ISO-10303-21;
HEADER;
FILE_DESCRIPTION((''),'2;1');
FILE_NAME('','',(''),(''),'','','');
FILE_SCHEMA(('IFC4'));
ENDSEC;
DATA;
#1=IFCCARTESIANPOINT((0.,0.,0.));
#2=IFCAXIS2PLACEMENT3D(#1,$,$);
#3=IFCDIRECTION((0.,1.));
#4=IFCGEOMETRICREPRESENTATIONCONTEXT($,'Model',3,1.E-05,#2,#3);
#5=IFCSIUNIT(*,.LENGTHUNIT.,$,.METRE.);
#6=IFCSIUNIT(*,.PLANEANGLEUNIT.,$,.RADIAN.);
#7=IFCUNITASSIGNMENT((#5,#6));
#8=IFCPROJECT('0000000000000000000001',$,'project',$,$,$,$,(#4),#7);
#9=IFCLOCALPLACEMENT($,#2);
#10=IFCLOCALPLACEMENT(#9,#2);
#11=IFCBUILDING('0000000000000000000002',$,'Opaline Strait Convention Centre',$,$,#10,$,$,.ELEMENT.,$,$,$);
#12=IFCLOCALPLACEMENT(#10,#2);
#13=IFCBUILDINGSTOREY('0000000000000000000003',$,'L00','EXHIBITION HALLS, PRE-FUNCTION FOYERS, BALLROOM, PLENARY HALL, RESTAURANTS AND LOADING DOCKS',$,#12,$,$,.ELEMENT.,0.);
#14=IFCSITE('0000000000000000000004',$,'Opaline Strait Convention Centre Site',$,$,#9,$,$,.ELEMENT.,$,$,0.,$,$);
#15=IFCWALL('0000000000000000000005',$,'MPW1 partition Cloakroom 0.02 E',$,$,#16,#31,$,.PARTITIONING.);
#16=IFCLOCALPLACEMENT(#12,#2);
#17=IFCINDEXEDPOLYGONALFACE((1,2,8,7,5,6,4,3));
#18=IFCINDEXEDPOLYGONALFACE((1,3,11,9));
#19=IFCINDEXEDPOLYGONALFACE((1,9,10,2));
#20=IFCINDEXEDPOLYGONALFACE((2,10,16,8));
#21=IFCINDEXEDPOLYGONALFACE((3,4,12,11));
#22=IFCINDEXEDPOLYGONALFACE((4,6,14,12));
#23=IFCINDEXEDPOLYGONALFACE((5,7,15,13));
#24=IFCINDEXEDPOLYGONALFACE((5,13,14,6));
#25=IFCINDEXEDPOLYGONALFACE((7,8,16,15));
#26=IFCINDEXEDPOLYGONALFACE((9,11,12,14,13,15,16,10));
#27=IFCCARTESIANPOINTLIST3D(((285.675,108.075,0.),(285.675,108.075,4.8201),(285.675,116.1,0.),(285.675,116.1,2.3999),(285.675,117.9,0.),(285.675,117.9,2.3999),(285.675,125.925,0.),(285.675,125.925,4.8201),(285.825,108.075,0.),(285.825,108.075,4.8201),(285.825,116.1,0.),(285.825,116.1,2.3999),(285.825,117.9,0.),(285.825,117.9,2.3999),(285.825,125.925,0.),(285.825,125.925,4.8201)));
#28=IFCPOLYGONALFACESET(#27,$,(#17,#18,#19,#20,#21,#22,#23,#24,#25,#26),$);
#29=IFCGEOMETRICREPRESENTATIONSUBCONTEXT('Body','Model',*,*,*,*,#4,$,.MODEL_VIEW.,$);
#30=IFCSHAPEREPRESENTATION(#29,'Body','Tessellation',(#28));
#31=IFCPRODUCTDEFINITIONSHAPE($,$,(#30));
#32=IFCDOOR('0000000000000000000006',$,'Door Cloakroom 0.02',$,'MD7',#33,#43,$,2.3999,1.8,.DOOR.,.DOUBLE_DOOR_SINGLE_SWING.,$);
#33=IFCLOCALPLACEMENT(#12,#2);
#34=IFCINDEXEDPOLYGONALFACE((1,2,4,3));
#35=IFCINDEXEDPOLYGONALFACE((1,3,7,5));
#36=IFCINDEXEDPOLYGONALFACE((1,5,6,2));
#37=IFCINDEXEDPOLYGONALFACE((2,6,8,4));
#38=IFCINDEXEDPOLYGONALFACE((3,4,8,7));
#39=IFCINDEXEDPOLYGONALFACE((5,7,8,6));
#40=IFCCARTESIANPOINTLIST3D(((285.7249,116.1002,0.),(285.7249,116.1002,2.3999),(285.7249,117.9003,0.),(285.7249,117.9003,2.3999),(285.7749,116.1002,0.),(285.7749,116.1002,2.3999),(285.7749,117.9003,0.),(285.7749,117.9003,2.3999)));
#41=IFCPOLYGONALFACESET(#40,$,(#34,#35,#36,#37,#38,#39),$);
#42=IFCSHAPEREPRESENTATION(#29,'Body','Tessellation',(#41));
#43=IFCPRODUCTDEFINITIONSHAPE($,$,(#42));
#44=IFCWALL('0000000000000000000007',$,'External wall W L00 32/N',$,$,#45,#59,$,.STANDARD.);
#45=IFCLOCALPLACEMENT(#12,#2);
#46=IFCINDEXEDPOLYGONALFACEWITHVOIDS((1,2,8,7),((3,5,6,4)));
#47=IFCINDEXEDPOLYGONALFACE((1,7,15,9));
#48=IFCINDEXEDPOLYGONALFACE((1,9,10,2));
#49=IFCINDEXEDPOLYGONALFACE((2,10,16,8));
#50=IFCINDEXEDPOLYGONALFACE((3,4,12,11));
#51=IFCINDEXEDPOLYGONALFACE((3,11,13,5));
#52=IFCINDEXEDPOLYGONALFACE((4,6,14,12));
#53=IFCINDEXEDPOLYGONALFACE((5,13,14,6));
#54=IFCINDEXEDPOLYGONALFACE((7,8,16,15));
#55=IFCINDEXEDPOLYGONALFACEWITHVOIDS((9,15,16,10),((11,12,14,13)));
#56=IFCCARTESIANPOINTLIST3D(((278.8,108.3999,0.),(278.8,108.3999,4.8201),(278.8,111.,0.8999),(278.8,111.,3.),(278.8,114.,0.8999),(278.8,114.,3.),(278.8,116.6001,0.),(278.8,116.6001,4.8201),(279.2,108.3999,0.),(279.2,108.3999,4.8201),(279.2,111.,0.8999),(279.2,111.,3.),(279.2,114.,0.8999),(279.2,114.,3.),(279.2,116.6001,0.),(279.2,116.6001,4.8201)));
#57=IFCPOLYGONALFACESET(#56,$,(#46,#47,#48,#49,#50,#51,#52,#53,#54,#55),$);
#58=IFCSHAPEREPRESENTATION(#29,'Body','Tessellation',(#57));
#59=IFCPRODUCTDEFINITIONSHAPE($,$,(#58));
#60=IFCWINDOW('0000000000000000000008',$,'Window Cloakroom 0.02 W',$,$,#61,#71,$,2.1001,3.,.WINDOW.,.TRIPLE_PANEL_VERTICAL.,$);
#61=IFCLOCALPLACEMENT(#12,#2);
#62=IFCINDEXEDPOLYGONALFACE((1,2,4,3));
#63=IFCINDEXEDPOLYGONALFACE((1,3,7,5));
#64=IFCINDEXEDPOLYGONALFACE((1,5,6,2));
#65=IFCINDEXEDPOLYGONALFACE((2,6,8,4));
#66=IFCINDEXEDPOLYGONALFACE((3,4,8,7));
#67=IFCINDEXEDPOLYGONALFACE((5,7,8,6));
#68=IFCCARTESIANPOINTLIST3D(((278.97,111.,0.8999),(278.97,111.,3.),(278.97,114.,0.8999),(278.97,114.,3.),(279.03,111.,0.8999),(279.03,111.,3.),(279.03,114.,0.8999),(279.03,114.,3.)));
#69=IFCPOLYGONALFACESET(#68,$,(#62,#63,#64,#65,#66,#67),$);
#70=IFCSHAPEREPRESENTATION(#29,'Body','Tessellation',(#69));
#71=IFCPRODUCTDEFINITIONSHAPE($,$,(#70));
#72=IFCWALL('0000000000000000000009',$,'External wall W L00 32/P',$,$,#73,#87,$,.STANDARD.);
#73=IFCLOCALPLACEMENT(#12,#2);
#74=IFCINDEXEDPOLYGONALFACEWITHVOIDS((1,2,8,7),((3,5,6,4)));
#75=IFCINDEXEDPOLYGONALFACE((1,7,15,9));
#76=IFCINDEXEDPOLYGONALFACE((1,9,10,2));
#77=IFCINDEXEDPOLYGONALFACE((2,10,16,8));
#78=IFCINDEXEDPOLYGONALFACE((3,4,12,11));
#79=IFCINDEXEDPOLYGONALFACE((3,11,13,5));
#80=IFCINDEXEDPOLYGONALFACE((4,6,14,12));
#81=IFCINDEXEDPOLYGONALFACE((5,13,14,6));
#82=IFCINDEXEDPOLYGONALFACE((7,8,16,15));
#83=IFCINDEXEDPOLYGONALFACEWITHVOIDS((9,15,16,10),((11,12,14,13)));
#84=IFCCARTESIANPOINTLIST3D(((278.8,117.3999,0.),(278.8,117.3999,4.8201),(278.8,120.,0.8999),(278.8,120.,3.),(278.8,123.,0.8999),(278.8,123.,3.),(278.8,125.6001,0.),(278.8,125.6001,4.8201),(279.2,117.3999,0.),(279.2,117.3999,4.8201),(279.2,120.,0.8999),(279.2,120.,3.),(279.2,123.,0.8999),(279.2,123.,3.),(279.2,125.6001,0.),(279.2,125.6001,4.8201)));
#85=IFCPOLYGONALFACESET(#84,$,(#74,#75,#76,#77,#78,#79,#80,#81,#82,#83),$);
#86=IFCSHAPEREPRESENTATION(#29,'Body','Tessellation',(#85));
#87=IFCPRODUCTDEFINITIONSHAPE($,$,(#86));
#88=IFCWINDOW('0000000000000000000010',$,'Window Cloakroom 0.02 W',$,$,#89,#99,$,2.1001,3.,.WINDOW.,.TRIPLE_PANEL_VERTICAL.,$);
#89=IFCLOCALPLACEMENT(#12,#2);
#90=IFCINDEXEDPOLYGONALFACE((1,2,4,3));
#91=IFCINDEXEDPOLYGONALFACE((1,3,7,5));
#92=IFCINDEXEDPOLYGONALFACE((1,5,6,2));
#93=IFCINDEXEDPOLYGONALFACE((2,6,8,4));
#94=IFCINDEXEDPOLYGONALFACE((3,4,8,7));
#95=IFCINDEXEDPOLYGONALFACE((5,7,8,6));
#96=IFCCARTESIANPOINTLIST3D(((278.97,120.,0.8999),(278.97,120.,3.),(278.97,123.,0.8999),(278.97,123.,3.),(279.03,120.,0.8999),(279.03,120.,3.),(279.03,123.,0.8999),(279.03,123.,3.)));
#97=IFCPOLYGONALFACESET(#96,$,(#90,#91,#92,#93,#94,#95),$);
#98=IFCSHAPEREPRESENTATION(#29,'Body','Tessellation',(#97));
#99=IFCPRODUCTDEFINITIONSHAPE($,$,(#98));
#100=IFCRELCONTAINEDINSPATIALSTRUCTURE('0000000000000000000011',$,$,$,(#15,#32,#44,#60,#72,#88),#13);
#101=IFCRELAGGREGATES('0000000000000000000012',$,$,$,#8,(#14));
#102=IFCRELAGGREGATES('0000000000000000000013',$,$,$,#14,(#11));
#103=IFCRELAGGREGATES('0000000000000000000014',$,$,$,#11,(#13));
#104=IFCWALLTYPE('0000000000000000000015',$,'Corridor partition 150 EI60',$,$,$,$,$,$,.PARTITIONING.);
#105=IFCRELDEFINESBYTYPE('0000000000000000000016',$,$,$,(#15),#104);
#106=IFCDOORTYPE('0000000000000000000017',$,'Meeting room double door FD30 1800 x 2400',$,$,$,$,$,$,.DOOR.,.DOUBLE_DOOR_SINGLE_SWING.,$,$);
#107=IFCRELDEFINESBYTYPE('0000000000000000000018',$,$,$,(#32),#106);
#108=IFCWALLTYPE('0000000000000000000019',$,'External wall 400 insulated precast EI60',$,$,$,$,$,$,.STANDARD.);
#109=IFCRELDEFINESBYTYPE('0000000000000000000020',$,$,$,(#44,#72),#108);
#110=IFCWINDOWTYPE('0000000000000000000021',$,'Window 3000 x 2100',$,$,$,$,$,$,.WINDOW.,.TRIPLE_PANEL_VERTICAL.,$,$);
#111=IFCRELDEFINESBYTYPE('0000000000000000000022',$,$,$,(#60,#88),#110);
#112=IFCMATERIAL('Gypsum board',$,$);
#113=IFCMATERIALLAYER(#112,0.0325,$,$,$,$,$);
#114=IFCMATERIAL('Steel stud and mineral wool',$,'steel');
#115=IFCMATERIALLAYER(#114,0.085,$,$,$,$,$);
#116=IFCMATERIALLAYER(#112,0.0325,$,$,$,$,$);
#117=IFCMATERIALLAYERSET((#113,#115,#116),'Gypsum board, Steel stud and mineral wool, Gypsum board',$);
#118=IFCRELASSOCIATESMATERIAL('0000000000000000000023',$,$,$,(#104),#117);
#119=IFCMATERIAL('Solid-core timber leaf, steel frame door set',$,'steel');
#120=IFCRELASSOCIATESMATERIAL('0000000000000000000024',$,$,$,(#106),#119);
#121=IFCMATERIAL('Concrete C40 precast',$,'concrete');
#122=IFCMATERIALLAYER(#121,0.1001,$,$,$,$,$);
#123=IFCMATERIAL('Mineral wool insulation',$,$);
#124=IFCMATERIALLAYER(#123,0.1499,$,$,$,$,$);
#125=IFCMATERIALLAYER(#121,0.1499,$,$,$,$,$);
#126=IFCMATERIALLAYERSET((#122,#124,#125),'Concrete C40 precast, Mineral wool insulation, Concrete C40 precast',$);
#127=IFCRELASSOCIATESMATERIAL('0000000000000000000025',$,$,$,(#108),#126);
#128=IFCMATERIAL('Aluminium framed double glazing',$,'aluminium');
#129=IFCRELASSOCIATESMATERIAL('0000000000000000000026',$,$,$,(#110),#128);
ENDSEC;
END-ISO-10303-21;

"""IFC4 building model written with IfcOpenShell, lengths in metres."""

from ifc_helpers import new_model, si_unit, direction, frame, frame_2d, origin, place, context, subcontext, project, spatial, rectangle, extrude, material, layer, layer_set, type_object, element, fill, save


model = new_model("IFC4")

# Units and contexts
model_context = context("Model", 3, precision=1e-05, world=origin(), true_north=direction((0.0, 1.0)))
body_context = subcontext(model_context, "Body", "Model", "MODEL_VIEW")
ifc_project = project(units=[si_unit("LENGTHUNIT", "METRE"), si_unit("PLANEANGLEUNIT", "RADIAN")], contexts=[model_context])

# Site, building, storey
site_placement = place(None, origin())
site = spatial("IfcSite", under=ifc_project, at=site_placement, Name="Opaline Strait Convention Centre Site", CompositionType="ELEMENT", RefElevation=0.0)
building_placement = place(site_placement, origin())
building = spatial("IfcBuilding", under=site, at=building_placement, Name="Opaline Strait Convention Centre", CompositionType="ELEMENT")
storey_placement = place(building_placement, origin())
storey = spatial("IfcBuildingStorey", under=building, at=storey_placement, Name="L00", Description="EXHIBITION HALLS, PRE-FUNCTION FOYERS, BALLROOM, PLENARY HALL, RESTAURANTS AND LOADING DOCKS", CompositionType="ELEMENT", Elevation=0.0)

# Shared definitions
ifc_material_1 = material(Name="Gypsum board")
ifc_layer_1 = layer(ifc_material_1, 0.0325)
ifc_material_2 = material(Name="Steel stud and mineral wool", Category="steel")
ifc_layer_2 = layer(ifc_material_2, 0.085)
ifc_layer_3 = layer(ifc_material_1, 0.0325)
ifc_layer_set_1 = layer_set([ifc_layer_1, ifc_layer_2, ifc_layer_3], Name="Gypsum board, Steel stud and mineral wool, Gypsum board")
wall_type_1 = type_object("IfcWallType", Name="Corridor partition 150 EI60", PredefinedType="PARTITIONING", material=ifc_layer_set_1)

# Wall, opening, door
wall_1_placement = place(storey_placement, frame((285.75, 108.075, 0.0), z_axis=(0.0, 0.0, 1.0), x_axis=(0.0, 1.0, 0.0)))
wall_1 = element("IfcWall", 1, at=wall_1_placement, inside=storey, type_object=wall_type_1, Name="MPW1 partition Cloakroom 0.02 E", PredefinedType="PARTITIONING", context=body_context, shape_type="SweptSolid", body=[
    extrude(rectangle(XDim=17.8501, YDim=0.1499, at=frame_2d((8.925, 0.0))), origin(), (0.0, 0.0, 1.0), 4.8201),
])
opening_1_placement = place(wall_1_placement, frame((8.0251, 0.0, 0.0)))
opening_1 = element("IfcOpeningElement", 2, at=opening_1_placement, cuts=wall_1, PredefinedType="OPENING", context=body_context, shape_type="SweptSolid", body=[
    extrude(rectangle(XDim=1.8, YDim=2.3999, at=frame_2d((0.8999, 1.2))), frame((0.0, 0.085, 0.0), z_axis=(0.0, -1.0, 0.0), x_axis=(1.0, 0.0, 0.0)), (0.0, 0.0, 1.0), 0.1699),
])
ifc_material_3 = material(Name="Solid-core timber leaf, steel frame door set", Category="steel")
door_type = type_object("IfcDoorType", Name="Meeting room double door FD30 1800 x 2400", OperationType="DOUBLE_DOOR_SINGLE_SWING", PredefinedType="DOOR", material=ifc_material_3)
door_placement = place(opening_1_placement, frame((1.8, 0.0, 0.0), z_axis=(0.0, 0.0, 1.0), x_axis=(-1.0, 0.0, 0.0)))
door = element("IfcDoor", 3, at=door_placement, inside=storey, type_object=door_type, Name="Door Cloakroom 0.02", ObjectType="MD7", OperationType="DOUBLE_DOOR_SINGLE_SWING", OverallHeight=2.3999, OverallWidth=1.8, PredefinedType="DOOR", context=body_context, shape_type="SweptSolid", body=[
    extrude(rectangle(XDim=1.8, YDim=2.3999, at=frame_2d((0.8999, 1.2))), frame((0.0, 0.0249, 0.0), z_axis=(0.0, -1.0, 0.0), x_axis=(1.0, 0.0, 0.0)), (0.0, 0.0, 1.0), 0.05),
])
fill(opening_1, door)

# Walls, openings, windows
ifc_material_4 = material(Name="Concrete C40 precast", Category="concrete")
ifc_layer_4 = layer(ifc_material_4, 0.1001)
ifc_material_5 = material(Name="Mineral wool insulation")
ifc_layer_5 = layer(ifc_material_5, 0.1499)
ifc_layer_6 = layer(ifc_material_4, 0.1499)
ifc_layer_set_2 = layer_set([ifc_layer_4, ifc_layer_5, ifc_layer_6], Name="Concrete C40 precast, Mineral wool insulation, Concrete C40 precast")
wall_type_2 = type_object("IfcWallType", Name="External wall 400 insulated precast EI60", PredefinedType="STANDARD", material=ifc_layer_set_2)
wall_2_placement = place(storey_placement, frame((279.0, 108.3999, 0.0), z_axis=(0.0, 0.0, 1.0), x_axis=(0.0, 1.0, 0.0)))
wall_2 = element("IfcWall", 4, at=wall_2_placement, inside=storey, type_object=wall_type_2, Name="External wall W L00 32/N", PredefinedType="STANDARD", context=body_context, shape_type="SweptSolid", body=[
    extrude(rectangle(XDim=8.2002, YDim=0.3999, at=frame_2d((4.1001, 0.0))), origin(), (0.0, 0.0, 1.0), 4.8201),
])
opening_2_placement = place(wall_2_placement, frame((2.6001, 0.0, 0.8999)))
opening_2 = element("IfcOpeningElement", 5, at=opening_2_placement, cuts=wall_2, PredefinedType="OPENING", context=body_context, shape_type="SweptSolid", body=[
    extrude(rectangle(XDim=3.0, YDim=2.1001, at=frame_2d((1.5, 1.05))), frame((0.0, 0.21, 0.0), z_axis=(0.0, -1.0, 0.0), x_axis=(1.0, 0.0, 0.0)), (0.0, 0.0, 1.0), 0.4199),
])
ifc_material_6 = material(Name="Aluminium framed double glazing", Category="aluminium")
window_type = type_object("IfcWindowType", Name="Window 3000 x 2100", PartitioningType="TRIPLE_PANEL_VERTICAL", PredefinedType="WINDOW", material=ifc_material_6)
window_1_placement = place(opening_2_placement, origin())
window_1 = element("IfcWindow", 6, at=window_1_placement, inside=storey, type_object=window_type, Name="Window Cloakroom 0.02 W", OverallHeight=2.1001, OverallWidth=3.0, PartitioningType="TRIPLE_PANEL_VERTICAL", PredefinedType="WINDOW", context=body_context, shape_type="SweptSolid", body=[
    extrude(rectangle(XDim=3.0, YDim=2.1001, at=frame_2d((1.5, 1.05))), frame((0.0, 0.03, 0.0), z_axis=(0.0, -1.0, 0.0), x_axis=(1.0, 0.0, 0.0)), (0.0, 0.0, 1.0), 0.0601),
])
fill(opening_2, window_1)
wall_3_placement = place(storey_placement, frame((279.0, 117.3999, 0.0), z_axis=(0.0, 0.0, 1.0), x_axis=(0.0, 1.0, 0.0)))
wall_3 = element("IfcWall", 7, at=wall_3_placement, inside=storey, type_object=wall_type_2, Name="External wall W L00 32/P", PredefinedType="STANDARD", context=body_context, shape_type="SweptSolid", body=[
    extrude(rectangle(XDim=8.2002, YDim=0.3999, at=frame_2d((4.1001, 0.0))), origin(), (0.0, 0.0, 1.0), 4.8201),
])
opening_3_placement = place(wall_3_placement, frame((2.6001, 0.0, 0.8999)))
opening_3 = element("IfcOpeningElement", 8, at=opening_3_placement, cuts=wall_3, PredefinedType="OPENING", context=body_context, shape_type="SweptSolid", body=[
    extrude(rectangle(XDim=3.0, YDim=2.1001, at=frame_2d((1.5, 1.05))), frame((0.0, 0.21, 0.0), z_axis=(0.0, -1.0, 0.0), x_axis=(1.0, 0.0, 0.0)), (0.0, 0.0, 1.0), 0.4199),
])
window_2_placement = place(opening_3_placement, origin())
window_2 = element("IfcWindow", 9, at=window_2_placement, inside=storey, type_object=window_type, Name="Window Cloakroom 0.02 W", OverallHeight=2.1001, OverallWidth=3.0, PartitioningType="TRIPLE_PANEL_VERTICAL", PredefinedType="WINDOW", context=body_context, shape_type="SweptSolid", body=[
    extrude(rectangle(XDim=3.0, YDim=2.1001, at=frame_2d((1.5, 1.05))), frame((0.0, 0.03, 0.0), z_axis=(0.0, -1.0, 0.0), x_axis=(1.0, 0.0, 0.0)), (0.0, 0.0, 1.0), 0.0601),
])
fill(opening_3, window_2)

save(model, "model.ifc")
